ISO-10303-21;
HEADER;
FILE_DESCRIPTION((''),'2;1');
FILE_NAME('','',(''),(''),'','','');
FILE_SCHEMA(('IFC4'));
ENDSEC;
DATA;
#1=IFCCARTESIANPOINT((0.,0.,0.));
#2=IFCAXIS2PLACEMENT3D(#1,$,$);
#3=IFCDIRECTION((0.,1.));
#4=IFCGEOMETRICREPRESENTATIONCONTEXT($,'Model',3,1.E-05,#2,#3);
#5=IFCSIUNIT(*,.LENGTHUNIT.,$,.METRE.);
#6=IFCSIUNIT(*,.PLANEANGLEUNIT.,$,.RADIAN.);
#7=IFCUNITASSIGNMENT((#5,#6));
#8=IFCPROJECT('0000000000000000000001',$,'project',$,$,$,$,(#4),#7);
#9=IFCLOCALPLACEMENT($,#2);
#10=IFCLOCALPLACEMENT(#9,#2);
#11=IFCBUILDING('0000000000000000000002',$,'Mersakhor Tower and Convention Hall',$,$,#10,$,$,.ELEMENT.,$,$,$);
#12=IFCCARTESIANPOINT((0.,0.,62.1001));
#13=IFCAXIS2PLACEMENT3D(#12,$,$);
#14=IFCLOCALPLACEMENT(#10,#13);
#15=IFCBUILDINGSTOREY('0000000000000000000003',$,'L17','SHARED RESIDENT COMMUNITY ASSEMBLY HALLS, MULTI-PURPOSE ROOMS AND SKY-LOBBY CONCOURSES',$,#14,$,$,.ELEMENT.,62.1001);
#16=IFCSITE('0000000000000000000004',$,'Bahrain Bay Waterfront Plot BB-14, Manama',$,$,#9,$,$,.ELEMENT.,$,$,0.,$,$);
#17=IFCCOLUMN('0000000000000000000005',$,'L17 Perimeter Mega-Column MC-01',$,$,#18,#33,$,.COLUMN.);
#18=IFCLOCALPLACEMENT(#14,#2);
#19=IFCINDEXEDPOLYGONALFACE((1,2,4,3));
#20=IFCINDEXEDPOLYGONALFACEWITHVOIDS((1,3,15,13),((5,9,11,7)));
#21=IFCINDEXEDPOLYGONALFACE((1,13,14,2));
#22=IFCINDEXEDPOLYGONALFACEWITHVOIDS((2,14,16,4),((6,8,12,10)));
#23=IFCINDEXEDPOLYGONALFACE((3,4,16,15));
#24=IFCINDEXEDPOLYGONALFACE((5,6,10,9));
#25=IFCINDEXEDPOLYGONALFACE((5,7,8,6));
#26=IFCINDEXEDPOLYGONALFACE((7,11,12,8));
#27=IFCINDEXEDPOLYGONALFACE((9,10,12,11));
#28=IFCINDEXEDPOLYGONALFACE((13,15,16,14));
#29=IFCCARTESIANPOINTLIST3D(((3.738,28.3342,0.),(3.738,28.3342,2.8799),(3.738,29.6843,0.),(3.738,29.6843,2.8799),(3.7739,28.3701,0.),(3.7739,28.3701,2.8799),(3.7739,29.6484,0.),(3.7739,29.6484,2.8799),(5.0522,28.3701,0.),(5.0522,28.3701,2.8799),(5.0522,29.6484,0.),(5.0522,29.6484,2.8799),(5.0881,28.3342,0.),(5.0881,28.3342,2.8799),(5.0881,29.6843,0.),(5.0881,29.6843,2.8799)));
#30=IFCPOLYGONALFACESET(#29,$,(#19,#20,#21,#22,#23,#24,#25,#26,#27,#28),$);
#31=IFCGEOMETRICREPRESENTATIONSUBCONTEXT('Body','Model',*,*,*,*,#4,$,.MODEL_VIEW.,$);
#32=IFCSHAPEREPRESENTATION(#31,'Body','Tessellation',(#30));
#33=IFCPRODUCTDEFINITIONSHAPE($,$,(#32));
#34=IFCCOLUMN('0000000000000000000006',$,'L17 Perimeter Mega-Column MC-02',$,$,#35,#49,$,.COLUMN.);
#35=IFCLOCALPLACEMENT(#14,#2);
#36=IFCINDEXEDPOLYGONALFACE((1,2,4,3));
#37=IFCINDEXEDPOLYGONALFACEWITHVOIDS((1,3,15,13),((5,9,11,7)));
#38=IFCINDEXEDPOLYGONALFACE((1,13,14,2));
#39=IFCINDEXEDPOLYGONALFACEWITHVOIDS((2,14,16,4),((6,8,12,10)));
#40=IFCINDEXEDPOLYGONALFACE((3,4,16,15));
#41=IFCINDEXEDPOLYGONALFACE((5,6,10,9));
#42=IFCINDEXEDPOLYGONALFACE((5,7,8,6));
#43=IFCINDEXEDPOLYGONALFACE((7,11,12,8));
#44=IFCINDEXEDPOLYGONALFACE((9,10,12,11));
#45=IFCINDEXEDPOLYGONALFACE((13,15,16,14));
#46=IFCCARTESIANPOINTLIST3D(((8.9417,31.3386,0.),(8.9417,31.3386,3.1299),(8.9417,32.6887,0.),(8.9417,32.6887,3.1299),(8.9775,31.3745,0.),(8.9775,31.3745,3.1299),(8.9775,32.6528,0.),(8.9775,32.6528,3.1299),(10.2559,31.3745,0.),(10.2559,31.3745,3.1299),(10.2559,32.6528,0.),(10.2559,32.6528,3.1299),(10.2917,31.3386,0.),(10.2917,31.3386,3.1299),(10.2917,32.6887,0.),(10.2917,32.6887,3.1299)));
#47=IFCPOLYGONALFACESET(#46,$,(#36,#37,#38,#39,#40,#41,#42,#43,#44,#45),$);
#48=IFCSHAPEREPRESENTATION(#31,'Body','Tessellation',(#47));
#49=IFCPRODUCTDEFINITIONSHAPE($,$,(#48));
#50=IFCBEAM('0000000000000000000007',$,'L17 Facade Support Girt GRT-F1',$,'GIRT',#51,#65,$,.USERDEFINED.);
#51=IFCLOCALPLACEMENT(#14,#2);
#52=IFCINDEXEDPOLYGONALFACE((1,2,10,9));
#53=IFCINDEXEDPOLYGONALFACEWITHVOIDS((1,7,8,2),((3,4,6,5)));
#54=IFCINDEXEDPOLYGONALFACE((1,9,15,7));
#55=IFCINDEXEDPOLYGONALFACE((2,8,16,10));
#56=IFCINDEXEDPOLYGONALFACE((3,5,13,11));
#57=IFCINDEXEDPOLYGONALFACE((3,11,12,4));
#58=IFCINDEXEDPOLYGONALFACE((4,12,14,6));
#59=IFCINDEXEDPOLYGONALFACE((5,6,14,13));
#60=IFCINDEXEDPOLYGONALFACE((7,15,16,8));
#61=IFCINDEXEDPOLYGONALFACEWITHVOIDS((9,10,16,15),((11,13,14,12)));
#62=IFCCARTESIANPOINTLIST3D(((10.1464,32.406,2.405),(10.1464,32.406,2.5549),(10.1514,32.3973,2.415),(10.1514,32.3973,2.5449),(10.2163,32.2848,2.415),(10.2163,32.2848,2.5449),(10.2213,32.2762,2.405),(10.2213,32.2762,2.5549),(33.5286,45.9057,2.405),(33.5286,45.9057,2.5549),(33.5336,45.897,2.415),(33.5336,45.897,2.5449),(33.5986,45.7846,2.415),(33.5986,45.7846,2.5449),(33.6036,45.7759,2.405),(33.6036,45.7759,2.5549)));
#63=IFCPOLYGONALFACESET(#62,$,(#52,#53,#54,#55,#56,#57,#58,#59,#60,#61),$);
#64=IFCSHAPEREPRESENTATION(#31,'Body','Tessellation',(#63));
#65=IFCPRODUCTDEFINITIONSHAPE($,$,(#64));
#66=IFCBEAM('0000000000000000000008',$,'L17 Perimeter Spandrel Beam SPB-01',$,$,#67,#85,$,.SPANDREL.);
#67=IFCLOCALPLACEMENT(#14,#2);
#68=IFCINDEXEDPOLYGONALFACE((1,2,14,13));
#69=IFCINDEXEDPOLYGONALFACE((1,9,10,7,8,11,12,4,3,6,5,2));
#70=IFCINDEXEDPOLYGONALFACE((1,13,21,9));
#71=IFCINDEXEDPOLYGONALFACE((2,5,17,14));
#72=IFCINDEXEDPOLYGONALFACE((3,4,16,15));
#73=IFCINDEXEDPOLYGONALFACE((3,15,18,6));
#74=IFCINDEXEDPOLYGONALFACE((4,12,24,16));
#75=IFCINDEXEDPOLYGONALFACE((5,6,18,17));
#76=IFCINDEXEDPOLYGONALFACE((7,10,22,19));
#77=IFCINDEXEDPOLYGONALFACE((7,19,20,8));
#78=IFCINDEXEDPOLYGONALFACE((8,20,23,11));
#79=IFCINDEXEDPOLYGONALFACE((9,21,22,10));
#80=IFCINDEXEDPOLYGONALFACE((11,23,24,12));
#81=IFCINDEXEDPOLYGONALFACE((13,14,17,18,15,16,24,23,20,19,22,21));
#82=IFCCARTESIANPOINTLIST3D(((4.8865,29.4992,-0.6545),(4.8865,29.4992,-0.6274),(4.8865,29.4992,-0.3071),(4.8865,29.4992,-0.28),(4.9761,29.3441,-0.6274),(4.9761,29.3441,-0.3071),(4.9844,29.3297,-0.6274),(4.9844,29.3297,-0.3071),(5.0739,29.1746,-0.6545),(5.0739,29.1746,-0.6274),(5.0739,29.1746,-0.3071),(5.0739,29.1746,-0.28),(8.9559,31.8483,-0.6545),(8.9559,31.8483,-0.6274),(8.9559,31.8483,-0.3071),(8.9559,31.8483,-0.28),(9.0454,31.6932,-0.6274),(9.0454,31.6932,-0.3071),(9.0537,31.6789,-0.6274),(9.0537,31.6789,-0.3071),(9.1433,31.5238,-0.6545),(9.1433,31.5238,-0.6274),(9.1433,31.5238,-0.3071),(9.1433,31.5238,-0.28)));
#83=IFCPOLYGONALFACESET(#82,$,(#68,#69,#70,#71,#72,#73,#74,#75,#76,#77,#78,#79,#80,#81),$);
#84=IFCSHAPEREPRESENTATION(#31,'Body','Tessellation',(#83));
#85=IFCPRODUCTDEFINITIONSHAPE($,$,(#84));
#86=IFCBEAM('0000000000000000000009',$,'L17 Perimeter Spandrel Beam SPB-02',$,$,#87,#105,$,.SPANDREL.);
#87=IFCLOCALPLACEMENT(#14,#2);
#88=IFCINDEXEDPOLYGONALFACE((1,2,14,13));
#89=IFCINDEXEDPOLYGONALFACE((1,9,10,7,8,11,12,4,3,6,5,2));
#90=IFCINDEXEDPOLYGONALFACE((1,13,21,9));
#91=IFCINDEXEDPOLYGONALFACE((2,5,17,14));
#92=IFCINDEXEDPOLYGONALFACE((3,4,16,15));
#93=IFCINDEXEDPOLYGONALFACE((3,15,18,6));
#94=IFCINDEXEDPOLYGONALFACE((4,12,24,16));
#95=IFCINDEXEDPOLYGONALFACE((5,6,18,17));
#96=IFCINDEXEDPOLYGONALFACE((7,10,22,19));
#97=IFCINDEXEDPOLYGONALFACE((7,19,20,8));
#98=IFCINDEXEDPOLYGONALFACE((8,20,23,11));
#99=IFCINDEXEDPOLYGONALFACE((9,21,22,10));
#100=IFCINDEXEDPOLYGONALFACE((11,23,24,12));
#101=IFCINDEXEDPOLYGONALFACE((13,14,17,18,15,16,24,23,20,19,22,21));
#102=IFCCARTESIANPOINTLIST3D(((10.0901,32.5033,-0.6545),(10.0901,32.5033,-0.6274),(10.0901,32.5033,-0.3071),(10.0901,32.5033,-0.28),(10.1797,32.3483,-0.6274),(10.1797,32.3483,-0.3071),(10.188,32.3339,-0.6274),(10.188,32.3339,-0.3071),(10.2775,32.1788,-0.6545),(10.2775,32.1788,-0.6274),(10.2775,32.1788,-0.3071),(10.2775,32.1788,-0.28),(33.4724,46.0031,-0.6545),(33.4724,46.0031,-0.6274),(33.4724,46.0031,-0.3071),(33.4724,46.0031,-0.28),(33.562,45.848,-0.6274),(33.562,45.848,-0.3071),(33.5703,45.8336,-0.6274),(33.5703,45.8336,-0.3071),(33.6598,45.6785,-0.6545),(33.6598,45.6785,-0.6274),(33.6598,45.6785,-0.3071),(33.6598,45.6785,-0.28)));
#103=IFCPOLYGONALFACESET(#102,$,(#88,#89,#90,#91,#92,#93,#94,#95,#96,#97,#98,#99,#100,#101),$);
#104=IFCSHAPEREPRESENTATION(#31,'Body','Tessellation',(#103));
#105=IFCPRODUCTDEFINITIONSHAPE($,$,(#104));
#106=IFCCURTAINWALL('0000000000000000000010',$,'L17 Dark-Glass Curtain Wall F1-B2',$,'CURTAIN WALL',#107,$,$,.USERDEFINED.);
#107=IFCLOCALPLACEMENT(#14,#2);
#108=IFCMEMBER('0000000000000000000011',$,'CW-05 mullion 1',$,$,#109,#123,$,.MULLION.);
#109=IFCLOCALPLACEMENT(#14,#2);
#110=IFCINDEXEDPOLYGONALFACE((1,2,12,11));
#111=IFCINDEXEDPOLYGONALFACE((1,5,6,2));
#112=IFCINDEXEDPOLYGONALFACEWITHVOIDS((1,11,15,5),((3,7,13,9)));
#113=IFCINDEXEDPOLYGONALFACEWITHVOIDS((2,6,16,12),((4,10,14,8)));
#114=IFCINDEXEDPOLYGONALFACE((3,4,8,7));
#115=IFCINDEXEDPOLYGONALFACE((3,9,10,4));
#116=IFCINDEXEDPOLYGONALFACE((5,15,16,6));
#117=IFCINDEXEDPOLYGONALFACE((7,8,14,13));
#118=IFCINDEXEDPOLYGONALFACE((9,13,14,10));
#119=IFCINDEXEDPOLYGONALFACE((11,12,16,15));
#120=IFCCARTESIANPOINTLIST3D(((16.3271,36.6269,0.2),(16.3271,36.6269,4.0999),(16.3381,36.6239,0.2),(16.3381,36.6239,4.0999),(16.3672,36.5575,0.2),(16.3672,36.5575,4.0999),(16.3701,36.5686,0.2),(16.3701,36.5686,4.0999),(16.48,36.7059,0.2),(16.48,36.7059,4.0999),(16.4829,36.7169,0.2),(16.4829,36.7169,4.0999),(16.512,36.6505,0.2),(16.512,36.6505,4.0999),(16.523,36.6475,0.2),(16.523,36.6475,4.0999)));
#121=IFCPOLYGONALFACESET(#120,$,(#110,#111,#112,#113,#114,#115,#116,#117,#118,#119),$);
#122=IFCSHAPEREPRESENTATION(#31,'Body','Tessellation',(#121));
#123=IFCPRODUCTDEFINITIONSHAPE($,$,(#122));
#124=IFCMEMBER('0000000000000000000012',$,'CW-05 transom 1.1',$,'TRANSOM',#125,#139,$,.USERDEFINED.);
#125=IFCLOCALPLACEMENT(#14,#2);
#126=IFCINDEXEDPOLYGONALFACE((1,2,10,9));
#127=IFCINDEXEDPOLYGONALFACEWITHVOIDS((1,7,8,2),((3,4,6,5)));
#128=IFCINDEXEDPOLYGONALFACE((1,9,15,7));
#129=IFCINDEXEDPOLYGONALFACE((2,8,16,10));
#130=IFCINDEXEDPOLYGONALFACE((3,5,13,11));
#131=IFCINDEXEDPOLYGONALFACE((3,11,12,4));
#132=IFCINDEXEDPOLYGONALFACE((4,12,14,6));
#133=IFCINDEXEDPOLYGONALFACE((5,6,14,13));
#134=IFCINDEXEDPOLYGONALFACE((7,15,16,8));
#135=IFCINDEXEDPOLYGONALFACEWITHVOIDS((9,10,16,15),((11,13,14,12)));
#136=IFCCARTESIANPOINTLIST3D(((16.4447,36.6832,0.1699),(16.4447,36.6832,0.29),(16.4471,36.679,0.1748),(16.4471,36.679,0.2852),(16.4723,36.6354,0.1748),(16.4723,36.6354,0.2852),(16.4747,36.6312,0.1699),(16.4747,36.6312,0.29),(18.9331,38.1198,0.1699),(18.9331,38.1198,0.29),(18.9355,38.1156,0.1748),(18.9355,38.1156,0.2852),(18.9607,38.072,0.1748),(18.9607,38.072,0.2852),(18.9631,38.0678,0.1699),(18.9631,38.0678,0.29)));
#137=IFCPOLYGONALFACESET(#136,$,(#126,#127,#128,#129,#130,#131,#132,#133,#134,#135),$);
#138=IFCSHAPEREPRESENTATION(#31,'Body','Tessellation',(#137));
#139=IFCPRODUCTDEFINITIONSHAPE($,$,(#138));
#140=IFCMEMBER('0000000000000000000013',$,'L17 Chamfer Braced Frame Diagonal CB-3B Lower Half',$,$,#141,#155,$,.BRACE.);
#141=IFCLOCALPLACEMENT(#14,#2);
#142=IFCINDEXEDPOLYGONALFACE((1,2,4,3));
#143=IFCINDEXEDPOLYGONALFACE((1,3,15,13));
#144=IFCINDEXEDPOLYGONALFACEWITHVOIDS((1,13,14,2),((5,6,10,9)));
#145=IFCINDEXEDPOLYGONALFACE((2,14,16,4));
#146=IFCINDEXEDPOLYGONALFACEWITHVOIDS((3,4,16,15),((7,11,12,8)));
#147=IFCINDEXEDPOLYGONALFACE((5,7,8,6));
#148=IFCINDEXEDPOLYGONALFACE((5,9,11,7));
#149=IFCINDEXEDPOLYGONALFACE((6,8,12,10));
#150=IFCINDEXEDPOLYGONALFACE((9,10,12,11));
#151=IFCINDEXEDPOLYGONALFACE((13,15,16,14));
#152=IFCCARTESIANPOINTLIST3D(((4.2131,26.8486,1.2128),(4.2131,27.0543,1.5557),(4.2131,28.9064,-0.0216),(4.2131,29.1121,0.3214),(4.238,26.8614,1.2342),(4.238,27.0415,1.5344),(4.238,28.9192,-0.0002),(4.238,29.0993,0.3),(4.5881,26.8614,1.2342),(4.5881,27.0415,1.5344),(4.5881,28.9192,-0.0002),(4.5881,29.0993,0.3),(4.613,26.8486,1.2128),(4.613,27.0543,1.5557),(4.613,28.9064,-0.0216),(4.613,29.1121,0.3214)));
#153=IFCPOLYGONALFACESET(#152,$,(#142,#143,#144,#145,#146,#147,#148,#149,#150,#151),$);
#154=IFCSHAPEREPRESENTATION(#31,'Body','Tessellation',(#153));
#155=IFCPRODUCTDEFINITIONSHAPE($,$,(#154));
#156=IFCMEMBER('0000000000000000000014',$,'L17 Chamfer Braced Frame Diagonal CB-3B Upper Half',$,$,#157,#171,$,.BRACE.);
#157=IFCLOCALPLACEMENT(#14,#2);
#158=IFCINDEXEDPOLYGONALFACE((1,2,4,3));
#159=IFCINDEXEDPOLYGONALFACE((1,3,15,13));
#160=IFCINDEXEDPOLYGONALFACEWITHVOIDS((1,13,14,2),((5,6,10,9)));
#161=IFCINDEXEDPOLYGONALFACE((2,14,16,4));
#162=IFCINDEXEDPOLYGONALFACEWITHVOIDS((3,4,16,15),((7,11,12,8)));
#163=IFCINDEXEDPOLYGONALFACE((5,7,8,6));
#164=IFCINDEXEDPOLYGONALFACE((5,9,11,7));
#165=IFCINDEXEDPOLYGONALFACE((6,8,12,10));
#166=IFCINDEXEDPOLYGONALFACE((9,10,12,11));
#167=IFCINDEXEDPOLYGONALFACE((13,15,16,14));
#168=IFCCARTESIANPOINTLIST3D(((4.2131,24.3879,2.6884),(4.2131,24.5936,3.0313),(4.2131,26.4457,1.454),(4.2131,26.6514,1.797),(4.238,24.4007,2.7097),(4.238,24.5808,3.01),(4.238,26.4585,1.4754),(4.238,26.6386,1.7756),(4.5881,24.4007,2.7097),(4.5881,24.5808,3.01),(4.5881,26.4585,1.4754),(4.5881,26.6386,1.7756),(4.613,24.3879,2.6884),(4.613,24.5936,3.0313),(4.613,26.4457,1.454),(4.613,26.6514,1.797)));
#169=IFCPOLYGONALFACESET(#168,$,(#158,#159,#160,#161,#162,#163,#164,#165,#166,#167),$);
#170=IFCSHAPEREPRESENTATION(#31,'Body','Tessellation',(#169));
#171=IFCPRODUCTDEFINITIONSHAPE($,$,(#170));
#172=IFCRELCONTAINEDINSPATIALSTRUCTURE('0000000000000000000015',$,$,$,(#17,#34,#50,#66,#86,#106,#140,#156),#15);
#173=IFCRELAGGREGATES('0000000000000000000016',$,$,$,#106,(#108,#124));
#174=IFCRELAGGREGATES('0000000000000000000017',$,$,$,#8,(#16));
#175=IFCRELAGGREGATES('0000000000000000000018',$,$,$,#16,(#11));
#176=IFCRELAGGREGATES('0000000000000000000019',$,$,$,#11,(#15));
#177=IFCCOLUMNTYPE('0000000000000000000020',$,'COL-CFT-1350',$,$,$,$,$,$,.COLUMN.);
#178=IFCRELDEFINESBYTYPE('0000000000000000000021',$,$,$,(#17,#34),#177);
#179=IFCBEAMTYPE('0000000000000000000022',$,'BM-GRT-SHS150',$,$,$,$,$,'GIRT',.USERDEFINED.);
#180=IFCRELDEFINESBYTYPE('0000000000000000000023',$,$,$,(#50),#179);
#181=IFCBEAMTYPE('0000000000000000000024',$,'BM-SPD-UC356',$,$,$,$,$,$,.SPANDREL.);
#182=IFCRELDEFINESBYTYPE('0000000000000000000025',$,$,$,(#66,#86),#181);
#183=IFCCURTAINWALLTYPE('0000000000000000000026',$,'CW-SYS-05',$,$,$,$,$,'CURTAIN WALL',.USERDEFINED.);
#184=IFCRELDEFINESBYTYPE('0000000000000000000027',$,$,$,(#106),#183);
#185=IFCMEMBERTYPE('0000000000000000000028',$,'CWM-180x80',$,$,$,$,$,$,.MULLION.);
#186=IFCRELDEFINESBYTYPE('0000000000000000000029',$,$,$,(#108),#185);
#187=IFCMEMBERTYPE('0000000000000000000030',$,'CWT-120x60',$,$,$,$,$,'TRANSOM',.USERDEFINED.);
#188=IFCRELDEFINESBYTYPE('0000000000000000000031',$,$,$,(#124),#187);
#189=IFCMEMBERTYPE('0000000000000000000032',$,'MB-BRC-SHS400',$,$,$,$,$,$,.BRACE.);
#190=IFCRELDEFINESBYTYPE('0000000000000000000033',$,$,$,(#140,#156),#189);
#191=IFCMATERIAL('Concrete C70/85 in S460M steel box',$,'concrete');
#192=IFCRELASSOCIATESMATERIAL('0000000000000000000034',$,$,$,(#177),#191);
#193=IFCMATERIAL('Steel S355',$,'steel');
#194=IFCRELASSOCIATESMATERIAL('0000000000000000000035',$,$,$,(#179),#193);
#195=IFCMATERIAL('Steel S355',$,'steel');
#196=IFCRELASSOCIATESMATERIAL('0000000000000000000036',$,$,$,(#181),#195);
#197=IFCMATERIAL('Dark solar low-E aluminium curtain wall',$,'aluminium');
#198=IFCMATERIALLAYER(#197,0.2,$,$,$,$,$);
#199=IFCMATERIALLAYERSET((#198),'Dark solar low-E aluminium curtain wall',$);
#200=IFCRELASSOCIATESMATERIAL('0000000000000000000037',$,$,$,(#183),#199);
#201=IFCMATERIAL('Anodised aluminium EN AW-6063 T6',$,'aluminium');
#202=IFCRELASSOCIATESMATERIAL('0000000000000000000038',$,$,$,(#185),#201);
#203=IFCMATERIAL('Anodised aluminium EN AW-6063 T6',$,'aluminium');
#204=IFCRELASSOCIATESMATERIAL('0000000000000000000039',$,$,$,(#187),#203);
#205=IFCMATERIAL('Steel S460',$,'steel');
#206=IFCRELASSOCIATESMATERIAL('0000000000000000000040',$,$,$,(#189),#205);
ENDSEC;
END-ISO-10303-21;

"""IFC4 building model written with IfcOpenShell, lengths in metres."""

from ifc_helpers import new_model, si_unit, direction, frame, origin, origin_2d, place, context, subcontext, project, spatial, hollow_rectangle, i_section, extrude, material, layer, layer_set, material_profile, profile_set, type_object, element, aggregate, save


model = new_model("IFC4")

# Units and contexts
model_context = context("Model", 3, precision=1e-05, world=origin(), true_north=direction((0.0, 1.0)))
body_context = subcontext(model_context, "Body", "Model", "MODEL_VIEW")
ifc_project = project(units=[si_unit("LENGTHUNIT", "METRE"), si_unit("PLANEANGLEUNIT", "RADIAN")], contexts=[model_context])

# Site, building, storey
site_placement = place(None, origin())
site = spatial("IfcSite", under=ifc_project, at=site_placement, Name="Bahrain Bay Waterfront Plot BB-14, Manama", CompositionType="ELEMENT", RefElevation=0.0)
building_placement = place(site_placement, origin())
building = spatial("IfcBuilding", under=site, at=building_placement, Name="Mersakhor Tower and Convention Hall", CompositionType="ELEMENT")
storey_placement = place(building_placement, frame((0.0, 0.0, 62.1001)))
storey = spatial("IfcBuildingStorey", under=building, at=storey_placement, Name="L17", Description="SHARED RESIDENT COMMUNITY ASSEMBLY HALLS, MULTI-PURPOSE ROOMS AND SKY-LOBBY CONCOURSES", CompositionType="ELEMENT", Elevation=62.1001)

# Columns
ifc_material_1 = material(Name="Concrete C70/85 in S460M steel box", Category="concrete")
ifc_material_profile_1 = material_profile(ifc_material_1, hollow_rectangle(XDim=1.3501, YDim=1.3501, WallThickness=0.0359, at=origin_2d()), Name="SHS 1350x1350x36")
ifc_profile_set_1 = profile_set([ifc_material_profile_1], Name="Concrete C70/85 in S460M steel box")
column_type = type_object("IfcColumnType", Name="COL-CFT-1350", PredefinedType="COLUMN", material=ifc_profile_set_1)
column_1_placement = place(storey_placement, frame((4.4131, 29.0093, 0.0), z_axis=(0.0, 0.0, 1.0), x_axis=(1.0, 0.0, 0.0)))
element("IfcColumn", 1, at=column_1_placement, inside=storey, type_object=column_type, Name="L17 Perimeter Mega-Column MC-01", PredefinedType="COLUMN", context=body_context, shape_type="SweptSolid", body=[
    extrude(hollow_rectangle(XDim=1.3501, YDim=1.3501, WallThickness=0.0359, at=origin_2d()), origin(), (0.0, 0.0, 1.0), 2.8799),
])
column_2_placement = place(storey_placement, frame((9.6167, 32.0137, 0.0), z_axis=(0.0, 0.0, 1.0), x_axis=(1.0, 0.0, 0.0)))
element("IfcColumn", 2, at=column_2_placement, inside=storey, type_object=column_type, Name="L17 Perimeter Mega-Column MC-02", PredefinedType="COLUMN", context=body_context, shape_type="SweptSolid", body=[
    extrude(hollow_rectangle(XDim=1.3501, YDim=1.3501, WallThickness=0.0359, at=origin_2d()), origin(), (0.0, 0.0, 1.0), 3.1299),
])

# Beams
ifc_material_2 = material(Name="Steel S355", Category="steel")
ifc_material_profile_2 = material_profile(ifc_material_2, hollow_rectangle(XDim=0.1499, YDim=0.1499, WallThickness=0.01, at=origin_2d()), Name="SHS 150x150x10")
ifc_profile_set_2 = profile_set([ifc_material_profile_2], Name="Steel S355")
beam_type_1 = type_object("IfcBeamType", Name="BM-GRT-SHS150", ElementType="GIRT", PredefinedType="USERDEFINED", material=ifc_profile_set_2)
beam_1_placement = place(storey_placement, frame((10.1838, 32.3411, 2.48), z_axis=(0.866026, 0.499999, 0.0), x_axis=(-0.499999, 0.866026, 0.0)))
element("IfcBeam", 3, at=beam_1_placement, inside=storey, type_object=beam_type_1, Name="L17 Facade Support Girt GRT-F1", ObjectType="GIRT", PredefinedType="USERDEFINED", context=body_context, shape_type="SweptSolid", body=[
    extrude(hollow_rectangle(XDim=0.1499, YDim=0.1499, WallThickness=0.01, at=origin_2d()), origin(), (0.0, 0.0, 1.0), 26.9995),
])
ifc_material_3 = material(Name="Steel S355", Category="steel")
ifc_material_profile_3 = material_profile(ifc_material_3, i_section(OverallWidth=0.3748, OverallDepth=0.3745, WebThickness=0.0166, FlangeThickness=0.0271, at=origin_2d()), Name="UC 356x368x202")
ifc_profile_set_3 = profile_set([ifc_material_profile_3], Name="Steel S355")
beam_type_2 = type_object("IfcBeamType", Name="BM-SPD-UC356", PredefinedType="SPANDREL", material=ifc_profile_set_3)
beam_2_placement = place(storey_placement, frame((4.9802, 29.3369, -0.4673), z_axis=(0.866054, 0.49995, 0.0), x_axis=(-0.49995, 0.866054, 0.0)))
element("IfcBeam", 4, at=beam_2_placement, inside=storey, type_object=beam_type_2, Name="L17 Perimeter Spandrel Beam SPB-01", PredefinedType="SPANDREL", context=body_context, shape_type="SweptSolid", body=[
    extrude(i_section(OverallWidth=0.3748, OverallDepth=0.3745, WebThickness=0.0166, FlangeThickness=0.0271, at=origin_2d()), origin(), (0.0, 0.0, 1.0), 4.6987),
])
beam_3_placement = place(storey_placement, frame((10.1838, 32.3411, -0.4673), z_axis=(0.866026, 0.499999, 0.0), x_axis=(-0.499999, 0.866026, 0.0)))
element("IfcBeam", 5, at=beam_3_placement, inside=storey, type_object=beam_type_2, Name="L17 Perimeter Spandrel Beam SPB-02", PredefinedType="SPANDREL", context=body_context, shape_type="SweptSolid", body=[
    extrude(i_section(OverallWidth=0.3748, OverallDepth=0.3745, WebThickness=0.0166, FlangeThickness=0.0271, at=origin_2d()), origin(), (0.0, 0.0, 1.0), 26.9995),
])

# Curtain wall, members
ifc_material_4 = material(Name="Dark solar low-E aluminium curtain wall", Category="aluminium")
ifc_layer_1 = layer(ifc_material_4, 0.2)
ifc_layer_set_1 = layer_set([ifc_layer_1], Name="Dark solar low-E aluminium curtain wall")
curtain_wall_type = type_object("IfcCurtainWallType", Name="CW-SYS-05", ElementType="CURTAIN WALL", PredefinedType="USERDEFINED", material=ifc_layer_set_1)
curtain_wall_placement = place(storey_placement, origin())
curtain_wall = element("IfcCurtainWall", 6, at=curtain_wall_placement, inside=storey, type_object=curtain_wall_type, Name="L17 Dark-Glass Curtain Wall F1-B2", ObjectType="CURTAIN WALL", PredefinedType="USERDEFINED")
ifc_material_5 = material(Name="Anodised aluminium EN AW-6063 T6", Category="aluminium")
ifc_material_profile_4 = material_profile(ifc_material_5, hollow_rectangle(XDim=0.0801, YDim=0.1799, WallThickness=0.0081, at=origin_2d()), Name="RHS 180x80x8")
ifc_profile_set_4 = profile_set([ifc_material_profile_4], Name="Anodised aluminium EN AW-6063 T6")
member_type_1 = type_object("IfcMemberType", Name="CWM-180x80", PredefinedType="MULLION", material=ifc_profile_set_4)
member_1_placement = place(storey_placement, frame((16.425, 36.6372, 0.2), z_axis=(0.0, 0.0, 1.0), x_axis=(-0.500003, 0.866023, 0.0)))
member_1 = element("IfcMember", 7, at=member_1_placement, type_object=member_type_1, Name="CW-05 mullion 1", PredefinedType="MULLION", context=body_context, shape_type="SweptSolid", body=[
    extrude(hollow_rectangle(XDim=0.0801, YDim=0.1799, WallThickness=0.0081, at=origin_2d()), origin(), (0.0, 0.0, 1.0), 3.8999),
])
ifc_material_6 = material(Name="Anodised aluminium EN AW-6063 T6", Category="aluminium")
ifc_material_profile_5 = material_profile(ifc_material_6, hollow_rectangle(XDim=0.0601, YDim=0.1201, WallThickness=0.0049, at=origin_2d()), Name="RHS 120x60x5")
ifc_profile_set_5 = profile_set([ifc_material_profile_5], Name="Anodised aluminium EN AW-6063 T6")
member_type_2 = type_object("IfcMemberType", Name="CWT-120x60", ElementType="TRANSOM", PredefinedType="USERDEFINED", material=ifc_profile_set_5)
member_2_placement = place(storey_placement, frame((16.4597, 36.6572, 0.23), z_axis=(0.866038, 0.499977, 0.0), x_axis=(-0.499977, 0.866038, 0.0)))
member_2 = element("IfcMember", 8, at=member_2_placement, type_object=member_type_2, Name="CW-05 transom 1.1", ObjectType="TRANSOM", PredefinedType="USERDEFINED", context=body_context, shape_type="SweptSolid", body=[
    extrude(hollow_rectangle(XDim=0.0601, YDim=0.1201, WallThickness=0.0049, at=origin_2d()), origin(), (0.0, 0.0, 1.0), 2.8733),
])
aggregate(curtain_wall, [member_1, member_2])

# Members
ifc_material_7 = material(Name="Steel S460", Category="steel")
ifc_material_profile_6 = material_profile(ifc_material_7, hollow_rectangle(XDim=0.3999, YDim=0.3999, WallThickness=0.0249, at=origin_2d()), Name="SHS 400x400x25")
ifc_profile_set_6 = profile_set([ifc_material_profile_6], Name="Steel S460")
member_type_3 = type_object("IfcMemberType", Name="MB-BRC-SHS400", PredefinedType="BRACE", material=ifc_profile_set_6)
for number, where, z_axis, x_axis, name in (
    (9, (4.4131, 29.0093, 0.1499), (0.0, -0.857556, 0.514391), (1.0, 0.0, 0.0), "L17 Chamfer Braced Frame Diagonal CB-3B Lower Half"),
    (10, (4.4131, 26.5486, 1.6255), (0.0, -0.857556, 0.514391), (1.0, 0.0, 0.0), "L17 Chamfer Braced Frame Diagonal CB-3B Upper Half"),
):
    element("IfcMember", number, at=place(storey_placement, frame(where, z_axis=z_axis, x_axis=x_axis)), inside=storey, type_object=member_type_3, Name=name, PredefinedType="BRACE", context=body_context, shape_type="SweptSolid", body=[
        extrude(hollow_rectangle(XDim=0.3999, YDim=0.3999, WallThickness=0.0249, at=origin_2d()), origin(), (0.0, 0.0, 1.0), 2.3997),
    ])

save(model, "model.ifc")
